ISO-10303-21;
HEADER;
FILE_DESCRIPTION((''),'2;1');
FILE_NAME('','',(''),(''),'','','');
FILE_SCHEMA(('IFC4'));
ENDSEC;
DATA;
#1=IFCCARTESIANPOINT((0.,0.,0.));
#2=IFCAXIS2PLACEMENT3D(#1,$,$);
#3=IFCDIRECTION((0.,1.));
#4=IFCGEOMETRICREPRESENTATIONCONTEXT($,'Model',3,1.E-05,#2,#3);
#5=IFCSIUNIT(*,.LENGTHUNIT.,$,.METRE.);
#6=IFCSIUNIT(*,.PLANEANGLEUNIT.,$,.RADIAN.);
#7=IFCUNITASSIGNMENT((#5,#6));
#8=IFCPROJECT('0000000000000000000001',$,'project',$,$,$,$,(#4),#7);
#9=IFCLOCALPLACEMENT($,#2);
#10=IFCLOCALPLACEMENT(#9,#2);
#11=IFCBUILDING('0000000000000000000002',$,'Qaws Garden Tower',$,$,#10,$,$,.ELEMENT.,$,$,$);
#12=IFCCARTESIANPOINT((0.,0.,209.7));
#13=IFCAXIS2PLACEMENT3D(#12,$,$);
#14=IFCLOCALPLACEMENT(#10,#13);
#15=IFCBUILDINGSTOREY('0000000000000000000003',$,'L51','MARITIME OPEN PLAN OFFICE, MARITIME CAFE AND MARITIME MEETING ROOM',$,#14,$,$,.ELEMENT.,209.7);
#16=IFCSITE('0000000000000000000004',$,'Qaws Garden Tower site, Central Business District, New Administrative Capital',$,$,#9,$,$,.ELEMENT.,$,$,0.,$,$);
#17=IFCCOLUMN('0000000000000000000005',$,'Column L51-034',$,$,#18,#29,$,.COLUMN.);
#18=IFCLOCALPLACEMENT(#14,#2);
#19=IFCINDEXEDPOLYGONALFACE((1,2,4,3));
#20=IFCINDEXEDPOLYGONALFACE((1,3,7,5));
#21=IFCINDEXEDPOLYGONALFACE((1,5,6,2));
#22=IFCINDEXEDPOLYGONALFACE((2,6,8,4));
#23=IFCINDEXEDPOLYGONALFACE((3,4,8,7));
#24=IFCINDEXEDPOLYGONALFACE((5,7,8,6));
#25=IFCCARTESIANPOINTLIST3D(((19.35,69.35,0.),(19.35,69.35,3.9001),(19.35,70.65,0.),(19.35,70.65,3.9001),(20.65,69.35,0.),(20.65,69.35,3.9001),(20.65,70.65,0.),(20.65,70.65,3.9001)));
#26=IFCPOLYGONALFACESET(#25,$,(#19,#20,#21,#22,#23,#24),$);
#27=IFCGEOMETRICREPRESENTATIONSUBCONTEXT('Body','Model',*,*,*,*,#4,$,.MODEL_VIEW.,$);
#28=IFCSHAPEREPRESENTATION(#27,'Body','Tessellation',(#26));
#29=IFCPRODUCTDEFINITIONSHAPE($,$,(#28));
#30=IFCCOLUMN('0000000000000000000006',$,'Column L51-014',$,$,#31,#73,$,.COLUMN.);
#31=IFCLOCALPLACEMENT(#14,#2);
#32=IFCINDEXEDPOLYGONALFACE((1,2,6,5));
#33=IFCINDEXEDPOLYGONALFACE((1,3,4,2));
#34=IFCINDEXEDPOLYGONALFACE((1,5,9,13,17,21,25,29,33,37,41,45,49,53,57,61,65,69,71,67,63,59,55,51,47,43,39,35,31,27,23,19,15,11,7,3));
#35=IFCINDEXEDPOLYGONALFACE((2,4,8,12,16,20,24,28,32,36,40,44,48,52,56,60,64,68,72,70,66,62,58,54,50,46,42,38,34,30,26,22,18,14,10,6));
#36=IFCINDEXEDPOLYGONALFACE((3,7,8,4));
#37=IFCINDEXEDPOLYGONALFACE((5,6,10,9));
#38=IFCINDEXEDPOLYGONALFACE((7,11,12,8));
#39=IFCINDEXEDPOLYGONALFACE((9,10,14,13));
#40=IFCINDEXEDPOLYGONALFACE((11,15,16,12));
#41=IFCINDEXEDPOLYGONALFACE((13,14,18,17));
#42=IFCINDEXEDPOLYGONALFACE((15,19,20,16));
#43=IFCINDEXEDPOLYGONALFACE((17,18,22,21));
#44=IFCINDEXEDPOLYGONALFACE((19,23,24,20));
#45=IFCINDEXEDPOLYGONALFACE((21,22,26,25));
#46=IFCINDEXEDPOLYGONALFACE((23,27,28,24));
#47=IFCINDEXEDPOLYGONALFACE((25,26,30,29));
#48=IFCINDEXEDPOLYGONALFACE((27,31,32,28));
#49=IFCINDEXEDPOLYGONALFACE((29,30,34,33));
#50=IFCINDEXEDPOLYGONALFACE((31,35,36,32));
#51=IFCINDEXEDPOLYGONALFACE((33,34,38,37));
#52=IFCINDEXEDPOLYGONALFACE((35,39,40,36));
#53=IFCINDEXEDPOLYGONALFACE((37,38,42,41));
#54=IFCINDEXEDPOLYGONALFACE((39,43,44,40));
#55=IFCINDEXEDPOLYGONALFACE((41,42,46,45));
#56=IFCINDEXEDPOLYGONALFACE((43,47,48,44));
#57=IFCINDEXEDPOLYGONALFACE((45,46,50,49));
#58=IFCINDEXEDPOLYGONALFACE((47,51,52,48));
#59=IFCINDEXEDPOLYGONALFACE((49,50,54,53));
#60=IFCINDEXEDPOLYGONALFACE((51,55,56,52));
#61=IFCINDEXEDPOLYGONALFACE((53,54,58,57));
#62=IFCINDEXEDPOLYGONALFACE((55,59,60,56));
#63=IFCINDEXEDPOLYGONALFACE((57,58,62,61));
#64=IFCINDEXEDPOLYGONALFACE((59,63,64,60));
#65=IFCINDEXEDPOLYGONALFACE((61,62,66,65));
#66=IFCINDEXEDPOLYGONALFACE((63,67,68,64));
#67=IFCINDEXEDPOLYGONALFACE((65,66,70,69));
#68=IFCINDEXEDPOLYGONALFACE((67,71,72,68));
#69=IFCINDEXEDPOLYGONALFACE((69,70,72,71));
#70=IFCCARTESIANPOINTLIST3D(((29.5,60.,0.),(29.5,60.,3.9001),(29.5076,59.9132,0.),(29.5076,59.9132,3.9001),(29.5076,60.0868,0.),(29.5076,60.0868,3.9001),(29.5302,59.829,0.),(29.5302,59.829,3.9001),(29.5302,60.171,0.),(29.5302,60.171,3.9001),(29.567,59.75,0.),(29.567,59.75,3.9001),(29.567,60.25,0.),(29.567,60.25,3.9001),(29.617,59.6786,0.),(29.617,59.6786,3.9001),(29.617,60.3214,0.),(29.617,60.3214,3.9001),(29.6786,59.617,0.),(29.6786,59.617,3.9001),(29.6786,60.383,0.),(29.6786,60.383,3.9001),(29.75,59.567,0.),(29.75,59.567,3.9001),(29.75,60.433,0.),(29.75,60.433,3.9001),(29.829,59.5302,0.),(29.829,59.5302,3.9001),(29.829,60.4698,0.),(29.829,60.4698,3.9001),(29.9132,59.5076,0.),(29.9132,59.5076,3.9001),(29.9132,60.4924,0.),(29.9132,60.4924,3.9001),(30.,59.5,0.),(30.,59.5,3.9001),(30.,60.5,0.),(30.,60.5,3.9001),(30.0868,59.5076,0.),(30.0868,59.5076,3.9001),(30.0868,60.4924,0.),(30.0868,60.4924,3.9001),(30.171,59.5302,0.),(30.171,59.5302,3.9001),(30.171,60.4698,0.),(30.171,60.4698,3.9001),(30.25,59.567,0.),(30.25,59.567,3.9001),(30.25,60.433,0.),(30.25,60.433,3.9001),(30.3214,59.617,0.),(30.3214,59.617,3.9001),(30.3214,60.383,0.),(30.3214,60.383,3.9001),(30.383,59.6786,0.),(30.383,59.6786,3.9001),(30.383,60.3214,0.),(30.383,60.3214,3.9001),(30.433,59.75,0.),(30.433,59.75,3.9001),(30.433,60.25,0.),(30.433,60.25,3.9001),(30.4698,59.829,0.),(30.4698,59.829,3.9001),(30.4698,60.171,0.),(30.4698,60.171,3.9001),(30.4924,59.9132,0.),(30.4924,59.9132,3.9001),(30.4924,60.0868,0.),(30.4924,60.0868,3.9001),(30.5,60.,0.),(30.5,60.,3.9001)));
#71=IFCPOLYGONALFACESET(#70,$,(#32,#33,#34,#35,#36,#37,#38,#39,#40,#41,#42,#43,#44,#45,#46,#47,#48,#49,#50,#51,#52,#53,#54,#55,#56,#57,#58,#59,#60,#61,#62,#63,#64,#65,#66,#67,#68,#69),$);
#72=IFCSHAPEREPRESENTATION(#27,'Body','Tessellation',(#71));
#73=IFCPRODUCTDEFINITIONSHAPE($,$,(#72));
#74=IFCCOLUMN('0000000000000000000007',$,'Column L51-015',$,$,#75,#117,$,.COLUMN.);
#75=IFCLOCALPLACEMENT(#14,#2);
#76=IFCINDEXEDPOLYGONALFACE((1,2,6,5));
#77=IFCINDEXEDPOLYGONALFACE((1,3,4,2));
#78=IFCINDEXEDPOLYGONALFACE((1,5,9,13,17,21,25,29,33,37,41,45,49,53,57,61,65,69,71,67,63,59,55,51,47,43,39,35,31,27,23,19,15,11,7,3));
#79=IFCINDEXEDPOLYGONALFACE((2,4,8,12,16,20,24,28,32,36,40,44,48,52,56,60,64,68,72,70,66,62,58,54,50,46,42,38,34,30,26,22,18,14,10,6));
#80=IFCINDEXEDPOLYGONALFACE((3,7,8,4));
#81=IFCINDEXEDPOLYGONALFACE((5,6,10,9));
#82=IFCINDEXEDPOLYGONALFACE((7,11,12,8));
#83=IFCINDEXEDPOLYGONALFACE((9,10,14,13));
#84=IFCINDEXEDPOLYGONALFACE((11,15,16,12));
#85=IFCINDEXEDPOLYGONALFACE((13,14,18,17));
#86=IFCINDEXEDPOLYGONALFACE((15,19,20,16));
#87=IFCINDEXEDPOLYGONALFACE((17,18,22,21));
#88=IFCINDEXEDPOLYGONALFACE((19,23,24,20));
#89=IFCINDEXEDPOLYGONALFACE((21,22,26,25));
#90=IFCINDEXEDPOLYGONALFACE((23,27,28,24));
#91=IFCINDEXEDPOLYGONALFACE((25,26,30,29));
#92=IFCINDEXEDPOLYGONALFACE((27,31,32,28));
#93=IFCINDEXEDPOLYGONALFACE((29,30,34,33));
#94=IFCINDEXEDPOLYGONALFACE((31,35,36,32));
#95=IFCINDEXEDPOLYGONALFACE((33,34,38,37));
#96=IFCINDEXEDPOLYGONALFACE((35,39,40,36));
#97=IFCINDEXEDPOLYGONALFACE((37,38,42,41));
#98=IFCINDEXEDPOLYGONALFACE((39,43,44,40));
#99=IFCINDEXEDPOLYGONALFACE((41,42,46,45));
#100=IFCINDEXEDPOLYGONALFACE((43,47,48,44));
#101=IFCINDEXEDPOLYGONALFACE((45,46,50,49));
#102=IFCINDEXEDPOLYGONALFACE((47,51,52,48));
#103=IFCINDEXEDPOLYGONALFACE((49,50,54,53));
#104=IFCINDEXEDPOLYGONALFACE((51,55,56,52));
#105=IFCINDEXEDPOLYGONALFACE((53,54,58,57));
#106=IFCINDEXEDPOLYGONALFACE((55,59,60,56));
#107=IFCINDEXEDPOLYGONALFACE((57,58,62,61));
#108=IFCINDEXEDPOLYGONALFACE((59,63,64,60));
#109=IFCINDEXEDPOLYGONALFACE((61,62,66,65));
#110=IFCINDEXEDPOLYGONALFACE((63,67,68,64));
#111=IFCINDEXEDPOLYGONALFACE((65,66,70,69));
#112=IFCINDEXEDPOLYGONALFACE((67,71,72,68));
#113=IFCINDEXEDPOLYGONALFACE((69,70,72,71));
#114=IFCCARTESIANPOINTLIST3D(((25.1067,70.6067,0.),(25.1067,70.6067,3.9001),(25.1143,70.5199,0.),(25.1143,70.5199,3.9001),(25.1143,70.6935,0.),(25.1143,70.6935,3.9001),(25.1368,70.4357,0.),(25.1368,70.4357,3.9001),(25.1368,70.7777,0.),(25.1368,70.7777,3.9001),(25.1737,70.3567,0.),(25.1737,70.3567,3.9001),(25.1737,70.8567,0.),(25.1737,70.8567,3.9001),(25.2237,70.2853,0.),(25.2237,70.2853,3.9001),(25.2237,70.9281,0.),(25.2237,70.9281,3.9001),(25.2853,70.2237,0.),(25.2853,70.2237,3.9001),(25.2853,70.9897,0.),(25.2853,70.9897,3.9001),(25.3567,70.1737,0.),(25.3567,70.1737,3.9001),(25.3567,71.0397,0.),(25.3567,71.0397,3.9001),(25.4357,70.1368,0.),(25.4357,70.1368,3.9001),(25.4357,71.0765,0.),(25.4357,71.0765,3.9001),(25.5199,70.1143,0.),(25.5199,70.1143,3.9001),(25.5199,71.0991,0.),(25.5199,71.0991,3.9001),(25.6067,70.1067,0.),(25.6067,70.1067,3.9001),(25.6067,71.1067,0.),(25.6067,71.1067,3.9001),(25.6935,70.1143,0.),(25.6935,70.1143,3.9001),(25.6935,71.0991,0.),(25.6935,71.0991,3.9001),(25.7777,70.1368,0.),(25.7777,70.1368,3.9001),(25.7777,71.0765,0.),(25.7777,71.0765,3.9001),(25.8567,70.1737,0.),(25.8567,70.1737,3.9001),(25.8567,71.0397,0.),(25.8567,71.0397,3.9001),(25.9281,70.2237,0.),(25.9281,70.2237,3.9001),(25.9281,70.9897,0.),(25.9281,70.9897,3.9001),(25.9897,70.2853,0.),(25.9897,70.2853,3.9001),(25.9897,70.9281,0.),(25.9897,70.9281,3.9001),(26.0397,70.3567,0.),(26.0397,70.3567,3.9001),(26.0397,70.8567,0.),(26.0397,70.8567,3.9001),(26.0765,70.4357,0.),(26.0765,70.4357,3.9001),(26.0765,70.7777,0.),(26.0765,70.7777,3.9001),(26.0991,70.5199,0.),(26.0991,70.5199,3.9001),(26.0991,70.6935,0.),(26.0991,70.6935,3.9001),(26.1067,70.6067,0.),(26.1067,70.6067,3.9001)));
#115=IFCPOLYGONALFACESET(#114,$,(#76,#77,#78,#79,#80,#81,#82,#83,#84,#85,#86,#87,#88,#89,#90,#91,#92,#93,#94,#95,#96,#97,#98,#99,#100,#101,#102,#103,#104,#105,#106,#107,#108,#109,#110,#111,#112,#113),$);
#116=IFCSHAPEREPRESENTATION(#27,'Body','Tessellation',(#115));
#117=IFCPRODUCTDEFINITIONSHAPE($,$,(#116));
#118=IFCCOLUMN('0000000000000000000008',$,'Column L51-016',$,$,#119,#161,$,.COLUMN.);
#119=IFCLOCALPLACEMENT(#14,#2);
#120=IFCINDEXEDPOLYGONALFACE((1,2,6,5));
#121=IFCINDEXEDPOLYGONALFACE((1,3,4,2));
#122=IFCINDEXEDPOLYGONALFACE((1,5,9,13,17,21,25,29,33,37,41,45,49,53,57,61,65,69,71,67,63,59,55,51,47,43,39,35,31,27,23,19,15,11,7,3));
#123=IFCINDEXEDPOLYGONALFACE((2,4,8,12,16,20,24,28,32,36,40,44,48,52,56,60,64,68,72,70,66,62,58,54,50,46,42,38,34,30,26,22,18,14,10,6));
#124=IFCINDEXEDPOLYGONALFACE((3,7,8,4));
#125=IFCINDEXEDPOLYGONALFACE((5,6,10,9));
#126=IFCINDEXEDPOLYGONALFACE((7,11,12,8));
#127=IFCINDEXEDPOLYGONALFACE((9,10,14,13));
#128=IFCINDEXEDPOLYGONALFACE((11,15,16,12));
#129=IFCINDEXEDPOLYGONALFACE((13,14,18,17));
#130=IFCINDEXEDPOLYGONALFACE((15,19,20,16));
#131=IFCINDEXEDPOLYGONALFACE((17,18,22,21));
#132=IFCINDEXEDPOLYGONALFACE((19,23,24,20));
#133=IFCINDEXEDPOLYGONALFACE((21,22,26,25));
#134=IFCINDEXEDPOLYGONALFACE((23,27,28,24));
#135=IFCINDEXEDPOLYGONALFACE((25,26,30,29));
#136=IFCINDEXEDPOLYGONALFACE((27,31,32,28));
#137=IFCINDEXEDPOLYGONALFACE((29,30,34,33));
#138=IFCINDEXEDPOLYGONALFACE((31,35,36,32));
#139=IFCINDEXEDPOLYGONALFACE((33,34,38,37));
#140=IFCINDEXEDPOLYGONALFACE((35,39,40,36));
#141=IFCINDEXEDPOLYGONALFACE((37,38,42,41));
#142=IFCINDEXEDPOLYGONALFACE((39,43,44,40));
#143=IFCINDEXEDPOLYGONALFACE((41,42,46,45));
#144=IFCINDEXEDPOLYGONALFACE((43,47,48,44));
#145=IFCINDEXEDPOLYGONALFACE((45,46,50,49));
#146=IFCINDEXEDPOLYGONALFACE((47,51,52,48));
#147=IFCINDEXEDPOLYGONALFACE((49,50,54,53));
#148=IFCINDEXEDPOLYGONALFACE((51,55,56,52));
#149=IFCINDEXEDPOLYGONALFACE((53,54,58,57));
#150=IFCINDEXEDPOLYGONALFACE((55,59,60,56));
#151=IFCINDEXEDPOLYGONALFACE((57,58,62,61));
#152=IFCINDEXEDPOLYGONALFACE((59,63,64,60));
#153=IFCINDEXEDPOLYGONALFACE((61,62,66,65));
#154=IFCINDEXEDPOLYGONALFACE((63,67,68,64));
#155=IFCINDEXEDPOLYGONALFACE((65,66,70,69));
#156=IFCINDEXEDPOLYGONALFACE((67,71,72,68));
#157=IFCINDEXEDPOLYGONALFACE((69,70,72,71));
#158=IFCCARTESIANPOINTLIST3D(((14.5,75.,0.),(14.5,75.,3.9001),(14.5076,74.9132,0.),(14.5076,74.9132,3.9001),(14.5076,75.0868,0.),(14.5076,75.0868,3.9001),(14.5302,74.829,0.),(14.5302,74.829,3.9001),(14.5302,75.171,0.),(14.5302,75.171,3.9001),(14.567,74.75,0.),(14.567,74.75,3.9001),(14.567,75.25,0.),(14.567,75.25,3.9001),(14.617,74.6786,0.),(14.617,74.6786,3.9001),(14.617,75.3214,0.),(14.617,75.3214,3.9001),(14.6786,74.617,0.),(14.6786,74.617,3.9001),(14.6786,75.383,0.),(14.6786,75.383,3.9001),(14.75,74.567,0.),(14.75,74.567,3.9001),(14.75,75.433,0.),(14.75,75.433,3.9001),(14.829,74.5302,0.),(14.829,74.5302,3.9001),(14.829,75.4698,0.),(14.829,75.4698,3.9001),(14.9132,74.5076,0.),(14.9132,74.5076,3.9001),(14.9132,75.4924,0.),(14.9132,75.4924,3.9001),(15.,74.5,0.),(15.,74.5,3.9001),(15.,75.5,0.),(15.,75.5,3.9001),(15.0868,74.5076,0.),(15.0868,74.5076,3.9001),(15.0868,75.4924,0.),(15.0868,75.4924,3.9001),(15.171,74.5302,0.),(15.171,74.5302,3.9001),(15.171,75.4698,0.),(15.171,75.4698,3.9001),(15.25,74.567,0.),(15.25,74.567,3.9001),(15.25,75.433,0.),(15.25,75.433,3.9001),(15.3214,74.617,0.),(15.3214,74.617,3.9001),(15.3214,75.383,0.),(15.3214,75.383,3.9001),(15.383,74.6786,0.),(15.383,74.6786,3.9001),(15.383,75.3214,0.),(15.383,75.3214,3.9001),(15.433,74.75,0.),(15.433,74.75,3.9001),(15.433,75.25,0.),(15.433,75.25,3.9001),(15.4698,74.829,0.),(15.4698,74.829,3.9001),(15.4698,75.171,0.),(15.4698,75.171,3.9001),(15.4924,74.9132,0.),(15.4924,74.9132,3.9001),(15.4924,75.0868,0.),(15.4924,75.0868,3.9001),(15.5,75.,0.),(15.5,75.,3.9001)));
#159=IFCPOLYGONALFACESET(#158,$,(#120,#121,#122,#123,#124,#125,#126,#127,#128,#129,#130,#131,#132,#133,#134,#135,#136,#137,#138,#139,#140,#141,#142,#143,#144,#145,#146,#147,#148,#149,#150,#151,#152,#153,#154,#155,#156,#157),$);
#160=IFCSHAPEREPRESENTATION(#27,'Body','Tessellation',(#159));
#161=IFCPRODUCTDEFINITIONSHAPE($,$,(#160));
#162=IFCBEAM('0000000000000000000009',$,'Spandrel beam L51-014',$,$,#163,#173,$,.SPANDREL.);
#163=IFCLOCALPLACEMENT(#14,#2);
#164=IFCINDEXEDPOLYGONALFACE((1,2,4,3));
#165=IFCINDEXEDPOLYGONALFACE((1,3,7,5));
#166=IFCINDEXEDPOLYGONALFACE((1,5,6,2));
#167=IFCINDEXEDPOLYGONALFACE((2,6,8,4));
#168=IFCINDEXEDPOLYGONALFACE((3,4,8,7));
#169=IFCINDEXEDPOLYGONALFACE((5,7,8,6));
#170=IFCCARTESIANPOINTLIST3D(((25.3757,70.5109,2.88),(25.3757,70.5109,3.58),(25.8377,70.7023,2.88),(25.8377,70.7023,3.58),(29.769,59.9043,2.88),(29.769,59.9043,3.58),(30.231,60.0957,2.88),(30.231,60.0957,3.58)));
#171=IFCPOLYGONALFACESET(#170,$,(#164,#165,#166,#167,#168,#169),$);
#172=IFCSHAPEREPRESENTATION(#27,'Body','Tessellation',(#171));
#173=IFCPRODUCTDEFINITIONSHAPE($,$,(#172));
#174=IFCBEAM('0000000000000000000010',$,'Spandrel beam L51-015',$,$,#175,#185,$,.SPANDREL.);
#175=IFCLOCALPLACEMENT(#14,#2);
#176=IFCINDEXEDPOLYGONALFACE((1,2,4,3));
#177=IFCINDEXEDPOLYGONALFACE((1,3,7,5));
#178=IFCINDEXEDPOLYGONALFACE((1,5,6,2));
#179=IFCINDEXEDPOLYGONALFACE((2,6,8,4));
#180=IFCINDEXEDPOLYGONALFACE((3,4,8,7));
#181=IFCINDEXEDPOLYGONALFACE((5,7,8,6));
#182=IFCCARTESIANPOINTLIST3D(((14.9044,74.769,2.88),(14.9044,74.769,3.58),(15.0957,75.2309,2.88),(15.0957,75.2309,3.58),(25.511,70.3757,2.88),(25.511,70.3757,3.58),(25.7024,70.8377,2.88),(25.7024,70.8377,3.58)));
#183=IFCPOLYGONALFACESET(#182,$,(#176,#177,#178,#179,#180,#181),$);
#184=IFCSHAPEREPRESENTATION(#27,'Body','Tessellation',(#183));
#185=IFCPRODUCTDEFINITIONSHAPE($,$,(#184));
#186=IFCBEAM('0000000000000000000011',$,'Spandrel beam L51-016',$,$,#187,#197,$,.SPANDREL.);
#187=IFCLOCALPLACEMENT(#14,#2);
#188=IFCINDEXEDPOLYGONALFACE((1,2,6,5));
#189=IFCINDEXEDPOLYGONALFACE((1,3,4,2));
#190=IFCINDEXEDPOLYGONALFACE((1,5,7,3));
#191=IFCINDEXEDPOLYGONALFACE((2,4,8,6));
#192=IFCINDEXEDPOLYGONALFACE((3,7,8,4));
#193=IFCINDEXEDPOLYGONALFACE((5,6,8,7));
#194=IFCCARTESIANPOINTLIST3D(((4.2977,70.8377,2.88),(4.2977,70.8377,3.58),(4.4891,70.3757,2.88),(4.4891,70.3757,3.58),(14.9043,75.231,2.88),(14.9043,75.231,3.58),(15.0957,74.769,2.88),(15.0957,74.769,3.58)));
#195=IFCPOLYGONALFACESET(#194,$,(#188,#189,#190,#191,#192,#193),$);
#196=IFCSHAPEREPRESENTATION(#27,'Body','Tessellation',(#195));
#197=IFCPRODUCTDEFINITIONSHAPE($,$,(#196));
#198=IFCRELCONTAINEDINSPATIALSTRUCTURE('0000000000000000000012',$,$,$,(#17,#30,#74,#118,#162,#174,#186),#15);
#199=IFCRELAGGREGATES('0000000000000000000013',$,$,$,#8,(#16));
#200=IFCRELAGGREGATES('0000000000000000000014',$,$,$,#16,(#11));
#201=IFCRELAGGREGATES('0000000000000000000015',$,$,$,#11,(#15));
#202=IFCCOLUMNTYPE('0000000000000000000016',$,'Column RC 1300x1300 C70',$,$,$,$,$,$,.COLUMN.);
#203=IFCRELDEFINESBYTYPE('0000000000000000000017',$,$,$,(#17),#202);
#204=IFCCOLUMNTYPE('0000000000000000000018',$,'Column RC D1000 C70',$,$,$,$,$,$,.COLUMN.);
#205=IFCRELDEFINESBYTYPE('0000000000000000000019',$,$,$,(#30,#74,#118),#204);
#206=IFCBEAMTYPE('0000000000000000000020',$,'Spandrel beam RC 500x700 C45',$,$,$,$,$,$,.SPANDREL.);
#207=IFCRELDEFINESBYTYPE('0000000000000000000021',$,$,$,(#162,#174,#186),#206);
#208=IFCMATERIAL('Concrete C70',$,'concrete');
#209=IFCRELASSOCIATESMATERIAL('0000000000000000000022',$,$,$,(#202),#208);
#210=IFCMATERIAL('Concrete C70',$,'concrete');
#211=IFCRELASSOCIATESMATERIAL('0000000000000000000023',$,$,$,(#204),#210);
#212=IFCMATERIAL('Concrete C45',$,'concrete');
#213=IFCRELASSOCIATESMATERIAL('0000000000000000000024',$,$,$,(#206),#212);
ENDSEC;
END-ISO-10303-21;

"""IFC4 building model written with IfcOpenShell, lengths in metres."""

from ifc_helpers import new_model, si_unit, direction, frame, origin, origin_2d, place, context, subcontext, project, spatial, rectangle, circle, extrude, material, material_profile, profile_set, type_object, element, save


model = new_model("IFC4")

# Units and contexts
model_context = context("Model", 3, precision=1e-05, world=origin(), true_north=direction((0.0, 1.0)))
body_context = subcontext(model_context, "Body", "Model", "MODEL_VIEW")
ifc_project = project(units=[si_unit("LENGTHUNIT", "METRE"), si_unit("PLANEANGLEUNIT", "RADIAN")], contexts=[model_context])

# Site, building, storey
site_placement = place(None, origin())
site = spatial("IfcSite", under=ifc_project, at=site_placement, Name="Qaws Garden Tower site, Central Business District, New Administrative Capital", CompositionType="ELEMENT", RefElevation=0.0)
building_placement = place(site_placement, origin())
building = spatial("IfcBuilding", under=site, at=building_placement, Name="Qaws Garden Tower", CompositionType="ELEMENT")
storey_placement = place(building_placement, frame((0.0, 0.0, 209.7)))
storey = spatial("IfcBuildingStorey", under=building, at=storey_placement, Name="L51", Description="MARITIME OPEN PLAN OFFICE, MARITIME CAFE AND MARITIME MEETING ROOM", CompositionType="ELEMENT", Elevation=209.7)

# Columns
ifc_material_1 = material(Name="Concrete C70", Category="concrete")
ifc_material_profile_1 = material_profile(ifc_material_1, rectangle(XDim=1.3, YDim=1.3, at=origin_2d()), Name="RC 1300x1300")
ifc_profile_set_1 = profile_set([ifc_material_profile_1], Name="Concrete C70")
column_type_1 = type_object("IfcColumnType", Name="Column RC 1300x1300 C70", PredefinedType="COLUMN", material=ifc_profile_set_1)
column_placement = place(storey_placement, frame((20.0, 70.0, 0.0), z_axis=(0.0, 0.0, 1.0), x_axis=(1.0, 0.0, 0.0)))
element("IfcColumn", 1, at=column_placement, inside=storey, type_object=column_type_1, Name="Column L51-034", PredefinedType="COLUMN", context=body_context, shape_type="SweptSolid", body=[
    extrude(rectangle(XDim=1.3, YDim=1.3, at=origin_2d()), origin(), (0.0, 0.0, 1.0), 3.9001),
])
ifc_material_2 = material(Name="Concrete C70", Category="concrete")
ifc_material_profile_2 = material_profile(ifc_material_2, circle(Radius=0.5, at=origin_2d()), Name="RC D1000")
ifc_profile_set_2 = profile_set([ifc_material_profile_2], Name="Concrete C70")
column_type_2 = type_object("IfcColumnType", Name="Column RC D1000 C70", PredefinedType="COLUMN", material=ifc_profile_set_2)
for number, where, z_axis, x_axis, name in (
    (2, (30.0, 60.0, 0.0), (0.0, 0.0, 1.0), (1.0, 0.0, 0.0), "Column L51-014"),
    (3, (25.6067, 70.6067, 0.0), (0.0, 0.0, 1.0), (1.0, 0.0, 0.0), "Column L51-015"),
    (4, (15.0, 75.0, 0.0), (0.0, 0.0, 1.0), (1.0, 0.0, 0.0), "Column L51-016"),
):
    element("IfcColumn", number, at=place(storey_placement, frame(where, z_axis=z_axis, x_axis=x_axis)), inside=storey, type_object=column_type_2, Name=name, PredefinedType="COLUMN", context=body_context, shape_type="SweptSolid", body=[
        extrude(circle(Radius=0.5, at=origin_2d()), origin(), (0.0, 0.0, 1.0), 3.9001),
    ])

# Beams
ifc_material_3 = material(Name="Concrete C45", Category="concrete")
ifc_material_profile_3 = material_profile(ifc_material_3, rectangle(XDim=0.5, YDim=0.7, at=origin_2d()), Name="RC 500x700")
ifc_profile_set_3 = profile_set([ifc_material_profile_3], Name="Concrete C45")
beam_type = type_object("IfcBeamType", Name="Spandrel beam RC 500x700 C45", PredefinedType="SPANDREL", material=ifc_profile_set_3)
for number, where, z_axis, x_axis, name in (
    (5, (30.0, 60.0, 3.23), (-0.382674, 0.923883, 0.0), (-0.923883, -0.382674, 0.0), "Spandrel beam L51-014"),
    (6, (25.6067, 70.6067, 3.23), (-0.923883, 0.382674, 0.0), (-0.382674, -0.923883, 0.0), "Spandrel beam L51-015"),
    (7, (15.0, 75.0, 3.23), (-0.923883, -0.382674, 0.0), (0.382674, -0.923883, 0.0), "Spandrel beam L51-016"),
):
    element("IfcBeam", number, at=place(storey_placement, frame(where, z_axis=z_axis, x_axis=x_axis)), inside=storey, type_object=beam_type, Name=name, PredefinedType="SPANDREL", context=body_context, shape_type="SweptSolid", body=[
        extrude(rectangle(XDim=0.5, YDim=0.7, at=origin_2d()), origin(), (0.0, 0.0, 1.0), 11.4805),
    ])

save(model, "model.ifc")
